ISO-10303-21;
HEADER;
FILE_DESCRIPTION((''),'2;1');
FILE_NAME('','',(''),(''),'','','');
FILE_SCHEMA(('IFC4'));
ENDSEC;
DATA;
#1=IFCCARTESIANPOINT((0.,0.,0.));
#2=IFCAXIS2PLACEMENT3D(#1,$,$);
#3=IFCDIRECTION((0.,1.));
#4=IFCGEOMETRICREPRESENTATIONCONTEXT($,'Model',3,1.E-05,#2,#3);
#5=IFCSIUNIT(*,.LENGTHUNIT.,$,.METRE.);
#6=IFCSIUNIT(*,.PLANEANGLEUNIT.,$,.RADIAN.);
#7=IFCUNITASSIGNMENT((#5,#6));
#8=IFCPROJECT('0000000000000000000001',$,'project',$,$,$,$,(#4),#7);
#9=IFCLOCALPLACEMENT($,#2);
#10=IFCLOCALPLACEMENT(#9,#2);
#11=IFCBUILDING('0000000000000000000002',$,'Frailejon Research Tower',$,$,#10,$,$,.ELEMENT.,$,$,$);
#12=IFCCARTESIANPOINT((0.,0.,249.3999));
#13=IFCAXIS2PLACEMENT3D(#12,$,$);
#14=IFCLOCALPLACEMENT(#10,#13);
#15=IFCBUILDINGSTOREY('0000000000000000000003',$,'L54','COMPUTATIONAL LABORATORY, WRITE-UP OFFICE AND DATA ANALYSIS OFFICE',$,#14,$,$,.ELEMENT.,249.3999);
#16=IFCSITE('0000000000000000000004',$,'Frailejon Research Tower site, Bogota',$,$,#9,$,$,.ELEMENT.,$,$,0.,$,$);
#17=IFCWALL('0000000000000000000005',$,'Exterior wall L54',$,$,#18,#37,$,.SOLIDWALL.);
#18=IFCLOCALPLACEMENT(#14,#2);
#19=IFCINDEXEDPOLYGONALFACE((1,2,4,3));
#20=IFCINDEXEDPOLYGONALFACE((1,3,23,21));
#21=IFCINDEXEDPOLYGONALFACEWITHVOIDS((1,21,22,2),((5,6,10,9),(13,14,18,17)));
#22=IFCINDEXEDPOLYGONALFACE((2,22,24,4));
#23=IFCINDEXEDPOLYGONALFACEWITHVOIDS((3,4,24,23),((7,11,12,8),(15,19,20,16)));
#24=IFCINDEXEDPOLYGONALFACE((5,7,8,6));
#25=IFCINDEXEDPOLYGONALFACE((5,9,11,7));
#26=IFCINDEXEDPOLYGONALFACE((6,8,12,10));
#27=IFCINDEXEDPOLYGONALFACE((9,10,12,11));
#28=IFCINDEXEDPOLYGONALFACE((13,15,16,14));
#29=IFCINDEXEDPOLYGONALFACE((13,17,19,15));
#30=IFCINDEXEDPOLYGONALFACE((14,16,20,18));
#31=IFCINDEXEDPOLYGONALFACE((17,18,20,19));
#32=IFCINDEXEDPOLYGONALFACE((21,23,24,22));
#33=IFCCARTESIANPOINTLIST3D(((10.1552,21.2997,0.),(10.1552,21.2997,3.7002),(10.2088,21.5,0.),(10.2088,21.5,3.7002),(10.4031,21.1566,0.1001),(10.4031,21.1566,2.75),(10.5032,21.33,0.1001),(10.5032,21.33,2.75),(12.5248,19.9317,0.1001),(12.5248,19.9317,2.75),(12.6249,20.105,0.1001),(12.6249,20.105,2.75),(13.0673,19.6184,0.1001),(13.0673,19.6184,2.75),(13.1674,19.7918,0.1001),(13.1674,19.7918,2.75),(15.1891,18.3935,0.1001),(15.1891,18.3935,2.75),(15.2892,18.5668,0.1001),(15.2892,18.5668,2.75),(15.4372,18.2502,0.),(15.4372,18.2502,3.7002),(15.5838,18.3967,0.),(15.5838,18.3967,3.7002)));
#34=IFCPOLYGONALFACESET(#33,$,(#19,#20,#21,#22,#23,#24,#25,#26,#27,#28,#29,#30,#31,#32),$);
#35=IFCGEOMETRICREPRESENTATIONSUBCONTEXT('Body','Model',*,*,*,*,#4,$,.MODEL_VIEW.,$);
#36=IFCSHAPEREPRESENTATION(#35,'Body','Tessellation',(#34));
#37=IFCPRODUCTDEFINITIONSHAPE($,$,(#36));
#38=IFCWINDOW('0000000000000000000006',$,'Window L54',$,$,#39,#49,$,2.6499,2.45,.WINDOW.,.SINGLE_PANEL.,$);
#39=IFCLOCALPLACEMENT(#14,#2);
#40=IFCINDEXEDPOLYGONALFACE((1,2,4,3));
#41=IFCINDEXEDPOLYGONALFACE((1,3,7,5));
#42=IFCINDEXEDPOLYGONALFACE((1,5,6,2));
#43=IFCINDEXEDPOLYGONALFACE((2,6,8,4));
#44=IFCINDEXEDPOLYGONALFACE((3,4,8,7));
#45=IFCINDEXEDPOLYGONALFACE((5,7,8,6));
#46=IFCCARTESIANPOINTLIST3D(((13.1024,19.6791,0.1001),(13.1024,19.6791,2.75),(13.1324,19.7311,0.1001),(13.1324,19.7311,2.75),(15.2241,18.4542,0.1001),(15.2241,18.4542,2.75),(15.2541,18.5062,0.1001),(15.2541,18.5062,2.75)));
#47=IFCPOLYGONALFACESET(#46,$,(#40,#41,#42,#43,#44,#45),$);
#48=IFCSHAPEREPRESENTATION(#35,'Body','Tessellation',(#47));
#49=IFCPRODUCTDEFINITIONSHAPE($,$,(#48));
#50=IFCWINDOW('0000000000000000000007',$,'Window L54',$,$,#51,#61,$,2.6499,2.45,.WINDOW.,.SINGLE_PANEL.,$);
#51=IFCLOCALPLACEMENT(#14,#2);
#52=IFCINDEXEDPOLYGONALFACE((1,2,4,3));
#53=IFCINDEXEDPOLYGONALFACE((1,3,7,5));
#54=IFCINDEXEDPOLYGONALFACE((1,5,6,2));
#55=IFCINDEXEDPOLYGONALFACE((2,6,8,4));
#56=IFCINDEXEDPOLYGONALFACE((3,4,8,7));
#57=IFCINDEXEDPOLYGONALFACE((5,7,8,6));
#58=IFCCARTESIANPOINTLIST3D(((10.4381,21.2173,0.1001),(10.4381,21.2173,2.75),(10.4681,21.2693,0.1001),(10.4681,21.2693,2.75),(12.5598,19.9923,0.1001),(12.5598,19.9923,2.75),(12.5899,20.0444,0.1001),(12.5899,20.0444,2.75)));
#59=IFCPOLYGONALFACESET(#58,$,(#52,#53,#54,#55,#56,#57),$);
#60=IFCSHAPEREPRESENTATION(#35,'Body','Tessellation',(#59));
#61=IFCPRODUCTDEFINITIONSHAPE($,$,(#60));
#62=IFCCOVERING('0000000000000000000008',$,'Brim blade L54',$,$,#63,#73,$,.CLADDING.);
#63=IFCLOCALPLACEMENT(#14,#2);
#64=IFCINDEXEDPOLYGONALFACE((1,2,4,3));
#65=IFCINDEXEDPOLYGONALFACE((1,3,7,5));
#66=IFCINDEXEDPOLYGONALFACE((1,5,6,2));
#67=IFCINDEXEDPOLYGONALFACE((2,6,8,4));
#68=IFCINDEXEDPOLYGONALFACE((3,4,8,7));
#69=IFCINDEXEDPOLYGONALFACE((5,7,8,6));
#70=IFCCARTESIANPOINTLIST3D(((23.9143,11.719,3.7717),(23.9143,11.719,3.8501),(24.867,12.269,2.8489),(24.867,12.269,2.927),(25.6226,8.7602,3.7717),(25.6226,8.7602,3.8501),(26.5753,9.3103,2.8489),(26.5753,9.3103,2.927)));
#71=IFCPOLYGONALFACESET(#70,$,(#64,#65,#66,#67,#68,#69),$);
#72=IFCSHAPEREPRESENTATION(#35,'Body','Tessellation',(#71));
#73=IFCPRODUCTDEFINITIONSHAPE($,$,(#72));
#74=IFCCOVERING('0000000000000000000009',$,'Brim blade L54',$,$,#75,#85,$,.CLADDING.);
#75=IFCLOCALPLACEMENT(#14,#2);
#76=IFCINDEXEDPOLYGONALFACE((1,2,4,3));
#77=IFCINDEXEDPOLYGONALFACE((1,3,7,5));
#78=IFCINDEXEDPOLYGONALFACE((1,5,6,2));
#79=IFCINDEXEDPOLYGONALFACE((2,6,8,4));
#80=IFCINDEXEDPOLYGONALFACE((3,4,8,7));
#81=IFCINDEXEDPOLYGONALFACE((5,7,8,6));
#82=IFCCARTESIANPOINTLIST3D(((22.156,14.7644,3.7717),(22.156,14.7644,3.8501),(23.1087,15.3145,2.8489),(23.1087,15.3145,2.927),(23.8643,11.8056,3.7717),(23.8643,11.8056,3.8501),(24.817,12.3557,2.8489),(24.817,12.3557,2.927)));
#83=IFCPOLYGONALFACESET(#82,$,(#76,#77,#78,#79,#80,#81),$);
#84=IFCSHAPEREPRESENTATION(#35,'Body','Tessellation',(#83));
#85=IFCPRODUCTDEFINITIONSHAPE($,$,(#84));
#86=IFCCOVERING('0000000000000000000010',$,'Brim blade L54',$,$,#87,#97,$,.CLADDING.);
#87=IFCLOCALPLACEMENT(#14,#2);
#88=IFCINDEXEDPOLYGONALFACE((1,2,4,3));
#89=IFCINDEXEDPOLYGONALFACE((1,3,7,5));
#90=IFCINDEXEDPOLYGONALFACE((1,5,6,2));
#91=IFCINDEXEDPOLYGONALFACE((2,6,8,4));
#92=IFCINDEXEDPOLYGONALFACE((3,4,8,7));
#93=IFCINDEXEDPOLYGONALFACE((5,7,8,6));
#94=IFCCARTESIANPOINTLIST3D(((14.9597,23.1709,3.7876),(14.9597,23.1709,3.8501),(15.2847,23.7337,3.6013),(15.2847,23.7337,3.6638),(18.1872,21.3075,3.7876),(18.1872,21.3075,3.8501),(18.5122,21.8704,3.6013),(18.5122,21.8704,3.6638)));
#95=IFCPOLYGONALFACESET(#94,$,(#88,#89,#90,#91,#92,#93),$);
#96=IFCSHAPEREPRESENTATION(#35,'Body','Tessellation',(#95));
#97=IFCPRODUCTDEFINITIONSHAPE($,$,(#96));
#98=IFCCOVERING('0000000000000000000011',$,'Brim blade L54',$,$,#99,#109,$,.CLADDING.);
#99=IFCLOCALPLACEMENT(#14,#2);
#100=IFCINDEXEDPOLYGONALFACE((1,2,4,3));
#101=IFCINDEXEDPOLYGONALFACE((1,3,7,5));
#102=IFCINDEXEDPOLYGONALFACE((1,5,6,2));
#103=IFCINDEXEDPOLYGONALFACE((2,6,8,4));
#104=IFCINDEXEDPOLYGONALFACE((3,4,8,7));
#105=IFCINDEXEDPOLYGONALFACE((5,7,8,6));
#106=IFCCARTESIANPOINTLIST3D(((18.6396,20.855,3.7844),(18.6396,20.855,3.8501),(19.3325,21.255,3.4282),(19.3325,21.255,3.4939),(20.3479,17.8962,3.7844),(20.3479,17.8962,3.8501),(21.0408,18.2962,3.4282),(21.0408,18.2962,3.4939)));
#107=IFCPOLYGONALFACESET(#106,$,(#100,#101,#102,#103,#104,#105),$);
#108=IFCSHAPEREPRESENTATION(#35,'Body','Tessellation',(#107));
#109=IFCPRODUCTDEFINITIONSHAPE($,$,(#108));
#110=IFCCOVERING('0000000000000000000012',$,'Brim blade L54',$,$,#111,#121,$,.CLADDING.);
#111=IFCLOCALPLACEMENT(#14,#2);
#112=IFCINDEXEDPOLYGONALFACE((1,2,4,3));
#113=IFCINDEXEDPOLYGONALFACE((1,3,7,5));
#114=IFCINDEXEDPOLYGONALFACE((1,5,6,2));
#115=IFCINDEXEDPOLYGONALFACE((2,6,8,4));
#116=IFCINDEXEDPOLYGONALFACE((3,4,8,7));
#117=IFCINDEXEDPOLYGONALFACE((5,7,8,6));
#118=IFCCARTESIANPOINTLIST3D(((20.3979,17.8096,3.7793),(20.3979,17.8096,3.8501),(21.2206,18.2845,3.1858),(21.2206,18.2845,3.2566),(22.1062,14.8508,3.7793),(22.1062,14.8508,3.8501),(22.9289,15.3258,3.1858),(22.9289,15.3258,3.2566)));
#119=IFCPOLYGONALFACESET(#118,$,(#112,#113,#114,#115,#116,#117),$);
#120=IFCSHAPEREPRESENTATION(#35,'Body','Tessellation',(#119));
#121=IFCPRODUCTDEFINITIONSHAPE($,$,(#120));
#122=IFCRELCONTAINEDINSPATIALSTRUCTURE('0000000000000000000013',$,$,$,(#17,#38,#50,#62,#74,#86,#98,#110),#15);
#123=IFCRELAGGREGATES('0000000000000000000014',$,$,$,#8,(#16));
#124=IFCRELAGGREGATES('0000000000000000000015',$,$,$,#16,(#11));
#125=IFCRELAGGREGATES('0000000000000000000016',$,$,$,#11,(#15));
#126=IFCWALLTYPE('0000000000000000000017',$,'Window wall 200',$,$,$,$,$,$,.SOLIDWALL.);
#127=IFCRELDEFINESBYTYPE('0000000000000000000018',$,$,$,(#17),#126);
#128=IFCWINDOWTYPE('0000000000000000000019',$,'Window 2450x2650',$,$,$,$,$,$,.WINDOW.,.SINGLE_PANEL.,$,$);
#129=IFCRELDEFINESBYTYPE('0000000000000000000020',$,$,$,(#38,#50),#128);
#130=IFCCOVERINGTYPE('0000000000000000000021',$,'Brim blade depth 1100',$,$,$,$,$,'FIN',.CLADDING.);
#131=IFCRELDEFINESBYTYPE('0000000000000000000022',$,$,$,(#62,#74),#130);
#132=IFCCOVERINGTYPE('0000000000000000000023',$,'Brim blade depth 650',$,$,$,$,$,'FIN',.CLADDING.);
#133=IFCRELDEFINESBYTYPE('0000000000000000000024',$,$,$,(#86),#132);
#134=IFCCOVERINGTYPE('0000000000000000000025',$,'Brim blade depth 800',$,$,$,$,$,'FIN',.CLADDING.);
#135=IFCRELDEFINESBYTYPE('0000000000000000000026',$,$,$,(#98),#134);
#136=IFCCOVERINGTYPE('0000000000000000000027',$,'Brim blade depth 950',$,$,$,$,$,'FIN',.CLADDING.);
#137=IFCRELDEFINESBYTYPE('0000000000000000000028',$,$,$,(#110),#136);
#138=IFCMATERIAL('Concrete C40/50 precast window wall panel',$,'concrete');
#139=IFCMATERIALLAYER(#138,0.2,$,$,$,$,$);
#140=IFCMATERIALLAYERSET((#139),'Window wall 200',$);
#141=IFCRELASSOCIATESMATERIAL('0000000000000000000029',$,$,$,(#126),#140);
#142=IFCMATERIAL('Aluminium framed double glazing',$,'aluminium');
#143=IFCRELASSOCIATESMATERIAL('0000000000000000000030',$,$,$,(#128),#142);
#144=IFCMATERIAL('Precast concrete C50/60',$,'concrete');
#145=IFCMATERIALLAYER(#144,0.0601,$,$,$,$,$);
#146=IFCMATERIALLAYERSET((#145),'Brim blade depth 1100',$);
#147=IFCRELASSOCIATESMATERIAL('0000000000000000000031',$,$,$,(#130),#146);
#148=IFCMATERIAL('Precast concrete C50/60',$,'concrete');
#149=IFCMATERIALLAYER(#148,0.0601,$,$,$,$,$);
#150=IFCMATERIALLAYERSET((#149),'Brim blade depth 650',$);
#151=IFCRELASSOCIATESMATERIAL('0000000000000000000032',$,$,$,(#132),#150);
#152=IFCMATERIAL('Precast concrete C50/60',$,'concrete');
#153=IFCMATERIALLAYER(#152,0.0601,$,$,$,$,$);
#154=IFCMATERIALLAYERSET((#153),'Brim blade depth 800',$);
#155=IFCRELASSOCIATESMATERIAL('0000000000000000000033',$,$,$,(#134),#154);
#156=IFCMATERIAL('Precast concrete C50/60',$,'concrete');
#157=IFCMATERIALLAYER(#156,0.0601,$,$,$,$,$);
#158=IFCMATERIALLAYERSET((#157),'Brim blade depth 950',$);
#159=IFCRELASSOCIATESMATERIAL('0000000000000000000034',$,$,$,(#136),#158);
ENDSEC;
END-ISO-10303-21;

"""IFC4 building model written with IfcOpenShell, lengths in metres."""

from ifc_helpers import new_model, si_unit, direction, frame, frame_2d, origin, place, context, subcontext, project, spatial, polyline, rectangle, outline, extrude, material, layer, layer_set, type_object, element, fill, save


model = new_model("IFC4")

# Units and contexts
model_context = context("Model", 3, precision=1e-05, world=origin(), true_north=direction((0.0, 1.0)))
body_context = subcontext(model_context, "Body", "Model", "MODEL_VIEW")
ifc_project = project(units=[si_unit("LENGTHUNIT", "METRE"), si_unit("PLANEANGLEUNIT", "RADIAN")], contexts=[model_context])

# Site, building, storey
site_placement = place(None, origin())
site = spatial("IfcSite", under=ifc_project, at=site_placement, Name="Frailejon Research Tower site, Bogota", CompositionType="ELEMENT", RefElevation=0.0)
building_placement = place(site_placement, origin())
building = spatial("IfcBuilding", under=site, at=building_placement, Name="Frailejon Research Tower", CompositionType="ELEMENT")
storey_placement = place(building_placement, frame((0.0, 0.0, 249.3999)))
storey = spatial("IfcBuildingStorey", under=building, at=storey_placement, Name="L54", Description="COMPUTATIONAL LABORATORY, WRITE-UP OFFICE AND DATA ANALYSIS OFFICE", CompositionType="ELEMENT", Elevation=249.3999)

# Wall, openings, windows
ifc_material_1 = material(Name="Concrete C40/50 precast window wall panel", Category="concrete")
ifc_layer_1 = layer(ifc_material_1, 0.2)
ifc_layer_set_1 = layer_set([ifc_layer_1], Name="Window wall 200")
wall_type = type_object("IfcWallType", Name="Window wall 200", PredefinedType="SOLIDWALL", material=ifc_layer_set_1)
wall_placement = place(storey_placement, frame((15.5105, 18.3235, 0.0), z_axis=(0.0, 0.0, 1.0), x_axis=(-0.86603, 0.499993, 0.0)))
wall = element("IfcWall", 1, at=wall_placement, inside=storey, type_object=wall_type, Name="Exterior wall L54", PredefinedType="SOLIDWALL", context=body_context, shape_type="SweptSolid", body=[
    extrude(outline(polyline([(-0.0269, -0.1001), (1.0076, -0.1001), (2.042, -0.1001), (3.0764, -0.1001), (4.1108, -0.1001), (5.1453, -0.1001), (6.1797, -0.1001), (6.126, 0.1001), (5.1094, 0.1001), (4.093, 0.1001), (3.0764, 0.1001), (2.0598, 0.1001), (1.0435, 0.1001), (0.0269, 0.1001), (-0.0269, -0.1001)])), origin(), (0.0, 0.0, 1.0), 3.7002),
])
opening_1_placement = place(wall_placement, frame((0.3132, 0.0, 0.1001)))
opening_1 = element("IfcOpeningElement", 2, at=opening_1_placement, cuts=wall, PredefinedType="OPENING", context=body_context, shape_type="SweptSolid", body=[
    extrude(rectangle(XDim=2.45, YDim=2.6499, at=frame_2d((1.2251, 1.325))), frame((0.0, 0.1099, 0.0), z_axis=(0.0, -1.0, 0.0), x_axis=(1.0, 0.0, 0.0)), (0.0, 0.0, 1.0), 0.22),
])
opening_2_placement = place(wall_placement, frame((3.3896, 0.0, 0.1001)))
opening_2 = element("IfcOpeningElement", 3, at=opening_2_placement, cuts=wall, PredefinedType="OPENING", context=body_context, shape_type="SweptSolid", body=[
    extrude(rectangle(XDim=2.45, YDim=2.6499, at=frame_2d((1.2251, 1.325))), frame((0.0, 0.1099, 0.0), z_axis=(0.0, -1.0, 0.0), x_axis=(1.0, 0.0, 0.0)), (0.0, 0.0, 1.0), 0.22),
])
ifc_material_2 = material(Name="Aluminium framed double glazing", Category="aluminium")
window_type = type_object("IfcWindowType", Name="Window 2450x2650", PartitioningType="SINGLE_PANEL", PredefinedType="WINDOW", material=ifc_material_2)
window_1_placement = place(opening_1_placement, origin())
window_1 = element("IfcWindow", 4, at=window_1_placement, inside=storey, type_object=window_type, Name="Window L54", OverallHeight=2.6499, OverallWidth=2.45, PartitioningType="SINGLE_PANEL", PredefinedType="WINDOW", context=body_context, shape_type="SweptSolid", body=[
    extrude(rectangle(XDim=2.45, YDim=2.6499, at=frame_2d((1.2251, 1.325))), frame((0.0, 0.03, 0.0), z_axis=(0.0, -1.0, 0.0), x_axis=(1.0, 0.0, 0.0)), (0.0, 0.0, 1.0), 0.0601),
])
fill(opening_1, window_1)
window_2_placement = place(opening_2_placement, origin())
window_2 = element("IfcWindow", 5, at=window_2_placement, inside=storey, type_object=window_type, Name="Window L54", OverallHeight=2.6499, OverallWidth=2.45, PartitioningType="SINGLE_PANEL", PredefinedType="WINDOW", context=body_context, shape_type="SweptSolid", body=[
    extrude(rectangle(XDim=2.45, YDim=2.6499, at=frame_2d((1.2251, 1.325))), frame((0.0, 0.03, 0.0), z_axis=(0.0, -1.0, 0.0), x_axis=(1.0, 0.0, 0.0)), (0.0, 0.0, 1.0), 0.0601),
])
fill(opening_2, window_2)

# Coverings
ifc_material_3 = material(Name="Precast concrete C50/60", Category="concrete")
ifc_layer_2 = layer(ifc_material_3, 0.0601)
ifc_layer_set_2 = layer_set([ifc_layer_2], Name="Brim blade depth 1100")
covering_type_1 = type_object("IfcCoveringType", Name="Brim blade depth 1100", ElementType="FIN", PredefinedType="CLADDING", material=ifc_layer_set_2)
for number, where, z_axis, x_axis, name in (
    (6, (23.9143, 11.719, 3.8501), (0.499999, -0.866026, 0.0), (0.866026, 0.499999, 0.0), "Brim blade L54"),
    (7, (22.156, 14.7644, 3.8501), (0.499999, -0.866026, 0.0), (0.866026, 0.499999, 0.0), "Brim blade L54"),
):
    element("IfcCovering", number, at=place(storey_placement, frame(where, z_axis=z_axis, x_axis=x_axis)), inside=storey, type_object=covering_type_1, Name=name, PredefinedType="CLADDING", context=body_context, shape_type="SweptSolid", body=[
        extrude(outline(polyline([(0.0, -0.0784), (1.1001, -1.0012), (1.1001, -0.9231), (0.0, 0.0), (0.0, -0.0784)])), origin(), (0.0, 0.0, 1.0), 3.4165),
    ])
ifc_material_4 = material(Name="Precast concrete C50/60", Category="concrete")
ifc_layer_3 = layer(ifc_material_4, 0.0601)
ifc_layer_set_3 = layer_set([ifc_layer_3], Name="Brim blade depth 650")
covering_type_2 = type_object("IfcCoveringType", Name="Brim blade depth 650", ElementType="FIN", PredefinedType="CLADDING", material=ifc_layer_set_3)
covering_1_placement = place(storey_placement, frame((14.9597, 23.1709, 3.8501), z_axis=(0.86603, -0.499992, 0.0), x_axis=(0.499992, 0.86603, 0.0)))
element("IfcCovering", 8, at=covering_1_placement, inside=storey, type_object=covering_type_2, Name="Brim blade L54", PredefinedType="CLADDING", context=body_context, shape_type="SweptSolid", body=[
    extrude(outline(polyline([(0.0, -0.0625), (0.6499, -0.2488), (0.6499, -0.1863), (0.0, 0.0), (0.0, -0.0625)])), origin(), (0.0, 0.0, 1.0), 3.7268),
])
ifc_material_5 = material(Name="Precast concrete C50/60", Category="concrete")
ifc_layer_4 = layer(ifc_material_5, 0.0601)
ifc_layer_set_4 = layer_set([ifc_layer_4], Name="Brim blade depth 800")
covering_type_3 = type_object("IfcCoveringType", Name="Brim blade depth 800", ElementType="FIN", PredefinedType="CLADDING", material=ifc_layer_set_4)
covering_2_placement = place(storey_placement, frame((18.6396, 20.855, 3.8501), z_axis=(0.500008, -0.866021, 0.0), x_axis=(0.866021, 0.500008, 0.0)))
element("IfcCovering", 9, at=covering_2_placement, inside=storey, type_object=covering_type_3, Name="Brim blade L54", PredefinedType="CLADDING", context=body_context, shape_type="SweptSolid", body=[
    extrude(outline(polyline([(0.0, -0.0657), (0.8, -0.4219), (0.8, -0.3562), (0.0, 0.0), (0.0, -0.0657)])), origin(), (0.0, 0.0, 1.0), 3.4165),
])
ifc_material_6 = material(Name="Precast concrete C50/60", Category="concrete")
ifc_layer_5 = layer(ifc_material_6, 0.0601)
ifc_layer_set_5 = layer_set([ifc_layer_5], Name="Brim blade depth 950")
covering_type_4 = type_object("IfcCoveringType", Name="Brim blade depth 950", ElementType="FIN", PredefinedType="CLADDING", material=ifc_layer_set_5)
covering_3_placement = place(storey_placement, frame((20.3979, 17.8096, 3.8501), z_axis=(0.499999, -0.866026, 0.0), x_axis=(0.866026, 0.499999, 0.0)))
element("IfcCovering", 10, at=covering_3_placement, inside=storey, type_object=covering_type_4, Name="Brim blade L54", PredefinedType="CLADDING", context=body_context, shape_type="SweptSolid", body=[
    extrude(outline(polyline([(0.0, -0.0708), (0.95, -0.6643), (0.95, -0.5935), (0.0, 0.0), (0.0, -0.0708)])), origin(), (0.0, 0.0, 1.0), 3.4165),
])

save(model, "model.ifc")
